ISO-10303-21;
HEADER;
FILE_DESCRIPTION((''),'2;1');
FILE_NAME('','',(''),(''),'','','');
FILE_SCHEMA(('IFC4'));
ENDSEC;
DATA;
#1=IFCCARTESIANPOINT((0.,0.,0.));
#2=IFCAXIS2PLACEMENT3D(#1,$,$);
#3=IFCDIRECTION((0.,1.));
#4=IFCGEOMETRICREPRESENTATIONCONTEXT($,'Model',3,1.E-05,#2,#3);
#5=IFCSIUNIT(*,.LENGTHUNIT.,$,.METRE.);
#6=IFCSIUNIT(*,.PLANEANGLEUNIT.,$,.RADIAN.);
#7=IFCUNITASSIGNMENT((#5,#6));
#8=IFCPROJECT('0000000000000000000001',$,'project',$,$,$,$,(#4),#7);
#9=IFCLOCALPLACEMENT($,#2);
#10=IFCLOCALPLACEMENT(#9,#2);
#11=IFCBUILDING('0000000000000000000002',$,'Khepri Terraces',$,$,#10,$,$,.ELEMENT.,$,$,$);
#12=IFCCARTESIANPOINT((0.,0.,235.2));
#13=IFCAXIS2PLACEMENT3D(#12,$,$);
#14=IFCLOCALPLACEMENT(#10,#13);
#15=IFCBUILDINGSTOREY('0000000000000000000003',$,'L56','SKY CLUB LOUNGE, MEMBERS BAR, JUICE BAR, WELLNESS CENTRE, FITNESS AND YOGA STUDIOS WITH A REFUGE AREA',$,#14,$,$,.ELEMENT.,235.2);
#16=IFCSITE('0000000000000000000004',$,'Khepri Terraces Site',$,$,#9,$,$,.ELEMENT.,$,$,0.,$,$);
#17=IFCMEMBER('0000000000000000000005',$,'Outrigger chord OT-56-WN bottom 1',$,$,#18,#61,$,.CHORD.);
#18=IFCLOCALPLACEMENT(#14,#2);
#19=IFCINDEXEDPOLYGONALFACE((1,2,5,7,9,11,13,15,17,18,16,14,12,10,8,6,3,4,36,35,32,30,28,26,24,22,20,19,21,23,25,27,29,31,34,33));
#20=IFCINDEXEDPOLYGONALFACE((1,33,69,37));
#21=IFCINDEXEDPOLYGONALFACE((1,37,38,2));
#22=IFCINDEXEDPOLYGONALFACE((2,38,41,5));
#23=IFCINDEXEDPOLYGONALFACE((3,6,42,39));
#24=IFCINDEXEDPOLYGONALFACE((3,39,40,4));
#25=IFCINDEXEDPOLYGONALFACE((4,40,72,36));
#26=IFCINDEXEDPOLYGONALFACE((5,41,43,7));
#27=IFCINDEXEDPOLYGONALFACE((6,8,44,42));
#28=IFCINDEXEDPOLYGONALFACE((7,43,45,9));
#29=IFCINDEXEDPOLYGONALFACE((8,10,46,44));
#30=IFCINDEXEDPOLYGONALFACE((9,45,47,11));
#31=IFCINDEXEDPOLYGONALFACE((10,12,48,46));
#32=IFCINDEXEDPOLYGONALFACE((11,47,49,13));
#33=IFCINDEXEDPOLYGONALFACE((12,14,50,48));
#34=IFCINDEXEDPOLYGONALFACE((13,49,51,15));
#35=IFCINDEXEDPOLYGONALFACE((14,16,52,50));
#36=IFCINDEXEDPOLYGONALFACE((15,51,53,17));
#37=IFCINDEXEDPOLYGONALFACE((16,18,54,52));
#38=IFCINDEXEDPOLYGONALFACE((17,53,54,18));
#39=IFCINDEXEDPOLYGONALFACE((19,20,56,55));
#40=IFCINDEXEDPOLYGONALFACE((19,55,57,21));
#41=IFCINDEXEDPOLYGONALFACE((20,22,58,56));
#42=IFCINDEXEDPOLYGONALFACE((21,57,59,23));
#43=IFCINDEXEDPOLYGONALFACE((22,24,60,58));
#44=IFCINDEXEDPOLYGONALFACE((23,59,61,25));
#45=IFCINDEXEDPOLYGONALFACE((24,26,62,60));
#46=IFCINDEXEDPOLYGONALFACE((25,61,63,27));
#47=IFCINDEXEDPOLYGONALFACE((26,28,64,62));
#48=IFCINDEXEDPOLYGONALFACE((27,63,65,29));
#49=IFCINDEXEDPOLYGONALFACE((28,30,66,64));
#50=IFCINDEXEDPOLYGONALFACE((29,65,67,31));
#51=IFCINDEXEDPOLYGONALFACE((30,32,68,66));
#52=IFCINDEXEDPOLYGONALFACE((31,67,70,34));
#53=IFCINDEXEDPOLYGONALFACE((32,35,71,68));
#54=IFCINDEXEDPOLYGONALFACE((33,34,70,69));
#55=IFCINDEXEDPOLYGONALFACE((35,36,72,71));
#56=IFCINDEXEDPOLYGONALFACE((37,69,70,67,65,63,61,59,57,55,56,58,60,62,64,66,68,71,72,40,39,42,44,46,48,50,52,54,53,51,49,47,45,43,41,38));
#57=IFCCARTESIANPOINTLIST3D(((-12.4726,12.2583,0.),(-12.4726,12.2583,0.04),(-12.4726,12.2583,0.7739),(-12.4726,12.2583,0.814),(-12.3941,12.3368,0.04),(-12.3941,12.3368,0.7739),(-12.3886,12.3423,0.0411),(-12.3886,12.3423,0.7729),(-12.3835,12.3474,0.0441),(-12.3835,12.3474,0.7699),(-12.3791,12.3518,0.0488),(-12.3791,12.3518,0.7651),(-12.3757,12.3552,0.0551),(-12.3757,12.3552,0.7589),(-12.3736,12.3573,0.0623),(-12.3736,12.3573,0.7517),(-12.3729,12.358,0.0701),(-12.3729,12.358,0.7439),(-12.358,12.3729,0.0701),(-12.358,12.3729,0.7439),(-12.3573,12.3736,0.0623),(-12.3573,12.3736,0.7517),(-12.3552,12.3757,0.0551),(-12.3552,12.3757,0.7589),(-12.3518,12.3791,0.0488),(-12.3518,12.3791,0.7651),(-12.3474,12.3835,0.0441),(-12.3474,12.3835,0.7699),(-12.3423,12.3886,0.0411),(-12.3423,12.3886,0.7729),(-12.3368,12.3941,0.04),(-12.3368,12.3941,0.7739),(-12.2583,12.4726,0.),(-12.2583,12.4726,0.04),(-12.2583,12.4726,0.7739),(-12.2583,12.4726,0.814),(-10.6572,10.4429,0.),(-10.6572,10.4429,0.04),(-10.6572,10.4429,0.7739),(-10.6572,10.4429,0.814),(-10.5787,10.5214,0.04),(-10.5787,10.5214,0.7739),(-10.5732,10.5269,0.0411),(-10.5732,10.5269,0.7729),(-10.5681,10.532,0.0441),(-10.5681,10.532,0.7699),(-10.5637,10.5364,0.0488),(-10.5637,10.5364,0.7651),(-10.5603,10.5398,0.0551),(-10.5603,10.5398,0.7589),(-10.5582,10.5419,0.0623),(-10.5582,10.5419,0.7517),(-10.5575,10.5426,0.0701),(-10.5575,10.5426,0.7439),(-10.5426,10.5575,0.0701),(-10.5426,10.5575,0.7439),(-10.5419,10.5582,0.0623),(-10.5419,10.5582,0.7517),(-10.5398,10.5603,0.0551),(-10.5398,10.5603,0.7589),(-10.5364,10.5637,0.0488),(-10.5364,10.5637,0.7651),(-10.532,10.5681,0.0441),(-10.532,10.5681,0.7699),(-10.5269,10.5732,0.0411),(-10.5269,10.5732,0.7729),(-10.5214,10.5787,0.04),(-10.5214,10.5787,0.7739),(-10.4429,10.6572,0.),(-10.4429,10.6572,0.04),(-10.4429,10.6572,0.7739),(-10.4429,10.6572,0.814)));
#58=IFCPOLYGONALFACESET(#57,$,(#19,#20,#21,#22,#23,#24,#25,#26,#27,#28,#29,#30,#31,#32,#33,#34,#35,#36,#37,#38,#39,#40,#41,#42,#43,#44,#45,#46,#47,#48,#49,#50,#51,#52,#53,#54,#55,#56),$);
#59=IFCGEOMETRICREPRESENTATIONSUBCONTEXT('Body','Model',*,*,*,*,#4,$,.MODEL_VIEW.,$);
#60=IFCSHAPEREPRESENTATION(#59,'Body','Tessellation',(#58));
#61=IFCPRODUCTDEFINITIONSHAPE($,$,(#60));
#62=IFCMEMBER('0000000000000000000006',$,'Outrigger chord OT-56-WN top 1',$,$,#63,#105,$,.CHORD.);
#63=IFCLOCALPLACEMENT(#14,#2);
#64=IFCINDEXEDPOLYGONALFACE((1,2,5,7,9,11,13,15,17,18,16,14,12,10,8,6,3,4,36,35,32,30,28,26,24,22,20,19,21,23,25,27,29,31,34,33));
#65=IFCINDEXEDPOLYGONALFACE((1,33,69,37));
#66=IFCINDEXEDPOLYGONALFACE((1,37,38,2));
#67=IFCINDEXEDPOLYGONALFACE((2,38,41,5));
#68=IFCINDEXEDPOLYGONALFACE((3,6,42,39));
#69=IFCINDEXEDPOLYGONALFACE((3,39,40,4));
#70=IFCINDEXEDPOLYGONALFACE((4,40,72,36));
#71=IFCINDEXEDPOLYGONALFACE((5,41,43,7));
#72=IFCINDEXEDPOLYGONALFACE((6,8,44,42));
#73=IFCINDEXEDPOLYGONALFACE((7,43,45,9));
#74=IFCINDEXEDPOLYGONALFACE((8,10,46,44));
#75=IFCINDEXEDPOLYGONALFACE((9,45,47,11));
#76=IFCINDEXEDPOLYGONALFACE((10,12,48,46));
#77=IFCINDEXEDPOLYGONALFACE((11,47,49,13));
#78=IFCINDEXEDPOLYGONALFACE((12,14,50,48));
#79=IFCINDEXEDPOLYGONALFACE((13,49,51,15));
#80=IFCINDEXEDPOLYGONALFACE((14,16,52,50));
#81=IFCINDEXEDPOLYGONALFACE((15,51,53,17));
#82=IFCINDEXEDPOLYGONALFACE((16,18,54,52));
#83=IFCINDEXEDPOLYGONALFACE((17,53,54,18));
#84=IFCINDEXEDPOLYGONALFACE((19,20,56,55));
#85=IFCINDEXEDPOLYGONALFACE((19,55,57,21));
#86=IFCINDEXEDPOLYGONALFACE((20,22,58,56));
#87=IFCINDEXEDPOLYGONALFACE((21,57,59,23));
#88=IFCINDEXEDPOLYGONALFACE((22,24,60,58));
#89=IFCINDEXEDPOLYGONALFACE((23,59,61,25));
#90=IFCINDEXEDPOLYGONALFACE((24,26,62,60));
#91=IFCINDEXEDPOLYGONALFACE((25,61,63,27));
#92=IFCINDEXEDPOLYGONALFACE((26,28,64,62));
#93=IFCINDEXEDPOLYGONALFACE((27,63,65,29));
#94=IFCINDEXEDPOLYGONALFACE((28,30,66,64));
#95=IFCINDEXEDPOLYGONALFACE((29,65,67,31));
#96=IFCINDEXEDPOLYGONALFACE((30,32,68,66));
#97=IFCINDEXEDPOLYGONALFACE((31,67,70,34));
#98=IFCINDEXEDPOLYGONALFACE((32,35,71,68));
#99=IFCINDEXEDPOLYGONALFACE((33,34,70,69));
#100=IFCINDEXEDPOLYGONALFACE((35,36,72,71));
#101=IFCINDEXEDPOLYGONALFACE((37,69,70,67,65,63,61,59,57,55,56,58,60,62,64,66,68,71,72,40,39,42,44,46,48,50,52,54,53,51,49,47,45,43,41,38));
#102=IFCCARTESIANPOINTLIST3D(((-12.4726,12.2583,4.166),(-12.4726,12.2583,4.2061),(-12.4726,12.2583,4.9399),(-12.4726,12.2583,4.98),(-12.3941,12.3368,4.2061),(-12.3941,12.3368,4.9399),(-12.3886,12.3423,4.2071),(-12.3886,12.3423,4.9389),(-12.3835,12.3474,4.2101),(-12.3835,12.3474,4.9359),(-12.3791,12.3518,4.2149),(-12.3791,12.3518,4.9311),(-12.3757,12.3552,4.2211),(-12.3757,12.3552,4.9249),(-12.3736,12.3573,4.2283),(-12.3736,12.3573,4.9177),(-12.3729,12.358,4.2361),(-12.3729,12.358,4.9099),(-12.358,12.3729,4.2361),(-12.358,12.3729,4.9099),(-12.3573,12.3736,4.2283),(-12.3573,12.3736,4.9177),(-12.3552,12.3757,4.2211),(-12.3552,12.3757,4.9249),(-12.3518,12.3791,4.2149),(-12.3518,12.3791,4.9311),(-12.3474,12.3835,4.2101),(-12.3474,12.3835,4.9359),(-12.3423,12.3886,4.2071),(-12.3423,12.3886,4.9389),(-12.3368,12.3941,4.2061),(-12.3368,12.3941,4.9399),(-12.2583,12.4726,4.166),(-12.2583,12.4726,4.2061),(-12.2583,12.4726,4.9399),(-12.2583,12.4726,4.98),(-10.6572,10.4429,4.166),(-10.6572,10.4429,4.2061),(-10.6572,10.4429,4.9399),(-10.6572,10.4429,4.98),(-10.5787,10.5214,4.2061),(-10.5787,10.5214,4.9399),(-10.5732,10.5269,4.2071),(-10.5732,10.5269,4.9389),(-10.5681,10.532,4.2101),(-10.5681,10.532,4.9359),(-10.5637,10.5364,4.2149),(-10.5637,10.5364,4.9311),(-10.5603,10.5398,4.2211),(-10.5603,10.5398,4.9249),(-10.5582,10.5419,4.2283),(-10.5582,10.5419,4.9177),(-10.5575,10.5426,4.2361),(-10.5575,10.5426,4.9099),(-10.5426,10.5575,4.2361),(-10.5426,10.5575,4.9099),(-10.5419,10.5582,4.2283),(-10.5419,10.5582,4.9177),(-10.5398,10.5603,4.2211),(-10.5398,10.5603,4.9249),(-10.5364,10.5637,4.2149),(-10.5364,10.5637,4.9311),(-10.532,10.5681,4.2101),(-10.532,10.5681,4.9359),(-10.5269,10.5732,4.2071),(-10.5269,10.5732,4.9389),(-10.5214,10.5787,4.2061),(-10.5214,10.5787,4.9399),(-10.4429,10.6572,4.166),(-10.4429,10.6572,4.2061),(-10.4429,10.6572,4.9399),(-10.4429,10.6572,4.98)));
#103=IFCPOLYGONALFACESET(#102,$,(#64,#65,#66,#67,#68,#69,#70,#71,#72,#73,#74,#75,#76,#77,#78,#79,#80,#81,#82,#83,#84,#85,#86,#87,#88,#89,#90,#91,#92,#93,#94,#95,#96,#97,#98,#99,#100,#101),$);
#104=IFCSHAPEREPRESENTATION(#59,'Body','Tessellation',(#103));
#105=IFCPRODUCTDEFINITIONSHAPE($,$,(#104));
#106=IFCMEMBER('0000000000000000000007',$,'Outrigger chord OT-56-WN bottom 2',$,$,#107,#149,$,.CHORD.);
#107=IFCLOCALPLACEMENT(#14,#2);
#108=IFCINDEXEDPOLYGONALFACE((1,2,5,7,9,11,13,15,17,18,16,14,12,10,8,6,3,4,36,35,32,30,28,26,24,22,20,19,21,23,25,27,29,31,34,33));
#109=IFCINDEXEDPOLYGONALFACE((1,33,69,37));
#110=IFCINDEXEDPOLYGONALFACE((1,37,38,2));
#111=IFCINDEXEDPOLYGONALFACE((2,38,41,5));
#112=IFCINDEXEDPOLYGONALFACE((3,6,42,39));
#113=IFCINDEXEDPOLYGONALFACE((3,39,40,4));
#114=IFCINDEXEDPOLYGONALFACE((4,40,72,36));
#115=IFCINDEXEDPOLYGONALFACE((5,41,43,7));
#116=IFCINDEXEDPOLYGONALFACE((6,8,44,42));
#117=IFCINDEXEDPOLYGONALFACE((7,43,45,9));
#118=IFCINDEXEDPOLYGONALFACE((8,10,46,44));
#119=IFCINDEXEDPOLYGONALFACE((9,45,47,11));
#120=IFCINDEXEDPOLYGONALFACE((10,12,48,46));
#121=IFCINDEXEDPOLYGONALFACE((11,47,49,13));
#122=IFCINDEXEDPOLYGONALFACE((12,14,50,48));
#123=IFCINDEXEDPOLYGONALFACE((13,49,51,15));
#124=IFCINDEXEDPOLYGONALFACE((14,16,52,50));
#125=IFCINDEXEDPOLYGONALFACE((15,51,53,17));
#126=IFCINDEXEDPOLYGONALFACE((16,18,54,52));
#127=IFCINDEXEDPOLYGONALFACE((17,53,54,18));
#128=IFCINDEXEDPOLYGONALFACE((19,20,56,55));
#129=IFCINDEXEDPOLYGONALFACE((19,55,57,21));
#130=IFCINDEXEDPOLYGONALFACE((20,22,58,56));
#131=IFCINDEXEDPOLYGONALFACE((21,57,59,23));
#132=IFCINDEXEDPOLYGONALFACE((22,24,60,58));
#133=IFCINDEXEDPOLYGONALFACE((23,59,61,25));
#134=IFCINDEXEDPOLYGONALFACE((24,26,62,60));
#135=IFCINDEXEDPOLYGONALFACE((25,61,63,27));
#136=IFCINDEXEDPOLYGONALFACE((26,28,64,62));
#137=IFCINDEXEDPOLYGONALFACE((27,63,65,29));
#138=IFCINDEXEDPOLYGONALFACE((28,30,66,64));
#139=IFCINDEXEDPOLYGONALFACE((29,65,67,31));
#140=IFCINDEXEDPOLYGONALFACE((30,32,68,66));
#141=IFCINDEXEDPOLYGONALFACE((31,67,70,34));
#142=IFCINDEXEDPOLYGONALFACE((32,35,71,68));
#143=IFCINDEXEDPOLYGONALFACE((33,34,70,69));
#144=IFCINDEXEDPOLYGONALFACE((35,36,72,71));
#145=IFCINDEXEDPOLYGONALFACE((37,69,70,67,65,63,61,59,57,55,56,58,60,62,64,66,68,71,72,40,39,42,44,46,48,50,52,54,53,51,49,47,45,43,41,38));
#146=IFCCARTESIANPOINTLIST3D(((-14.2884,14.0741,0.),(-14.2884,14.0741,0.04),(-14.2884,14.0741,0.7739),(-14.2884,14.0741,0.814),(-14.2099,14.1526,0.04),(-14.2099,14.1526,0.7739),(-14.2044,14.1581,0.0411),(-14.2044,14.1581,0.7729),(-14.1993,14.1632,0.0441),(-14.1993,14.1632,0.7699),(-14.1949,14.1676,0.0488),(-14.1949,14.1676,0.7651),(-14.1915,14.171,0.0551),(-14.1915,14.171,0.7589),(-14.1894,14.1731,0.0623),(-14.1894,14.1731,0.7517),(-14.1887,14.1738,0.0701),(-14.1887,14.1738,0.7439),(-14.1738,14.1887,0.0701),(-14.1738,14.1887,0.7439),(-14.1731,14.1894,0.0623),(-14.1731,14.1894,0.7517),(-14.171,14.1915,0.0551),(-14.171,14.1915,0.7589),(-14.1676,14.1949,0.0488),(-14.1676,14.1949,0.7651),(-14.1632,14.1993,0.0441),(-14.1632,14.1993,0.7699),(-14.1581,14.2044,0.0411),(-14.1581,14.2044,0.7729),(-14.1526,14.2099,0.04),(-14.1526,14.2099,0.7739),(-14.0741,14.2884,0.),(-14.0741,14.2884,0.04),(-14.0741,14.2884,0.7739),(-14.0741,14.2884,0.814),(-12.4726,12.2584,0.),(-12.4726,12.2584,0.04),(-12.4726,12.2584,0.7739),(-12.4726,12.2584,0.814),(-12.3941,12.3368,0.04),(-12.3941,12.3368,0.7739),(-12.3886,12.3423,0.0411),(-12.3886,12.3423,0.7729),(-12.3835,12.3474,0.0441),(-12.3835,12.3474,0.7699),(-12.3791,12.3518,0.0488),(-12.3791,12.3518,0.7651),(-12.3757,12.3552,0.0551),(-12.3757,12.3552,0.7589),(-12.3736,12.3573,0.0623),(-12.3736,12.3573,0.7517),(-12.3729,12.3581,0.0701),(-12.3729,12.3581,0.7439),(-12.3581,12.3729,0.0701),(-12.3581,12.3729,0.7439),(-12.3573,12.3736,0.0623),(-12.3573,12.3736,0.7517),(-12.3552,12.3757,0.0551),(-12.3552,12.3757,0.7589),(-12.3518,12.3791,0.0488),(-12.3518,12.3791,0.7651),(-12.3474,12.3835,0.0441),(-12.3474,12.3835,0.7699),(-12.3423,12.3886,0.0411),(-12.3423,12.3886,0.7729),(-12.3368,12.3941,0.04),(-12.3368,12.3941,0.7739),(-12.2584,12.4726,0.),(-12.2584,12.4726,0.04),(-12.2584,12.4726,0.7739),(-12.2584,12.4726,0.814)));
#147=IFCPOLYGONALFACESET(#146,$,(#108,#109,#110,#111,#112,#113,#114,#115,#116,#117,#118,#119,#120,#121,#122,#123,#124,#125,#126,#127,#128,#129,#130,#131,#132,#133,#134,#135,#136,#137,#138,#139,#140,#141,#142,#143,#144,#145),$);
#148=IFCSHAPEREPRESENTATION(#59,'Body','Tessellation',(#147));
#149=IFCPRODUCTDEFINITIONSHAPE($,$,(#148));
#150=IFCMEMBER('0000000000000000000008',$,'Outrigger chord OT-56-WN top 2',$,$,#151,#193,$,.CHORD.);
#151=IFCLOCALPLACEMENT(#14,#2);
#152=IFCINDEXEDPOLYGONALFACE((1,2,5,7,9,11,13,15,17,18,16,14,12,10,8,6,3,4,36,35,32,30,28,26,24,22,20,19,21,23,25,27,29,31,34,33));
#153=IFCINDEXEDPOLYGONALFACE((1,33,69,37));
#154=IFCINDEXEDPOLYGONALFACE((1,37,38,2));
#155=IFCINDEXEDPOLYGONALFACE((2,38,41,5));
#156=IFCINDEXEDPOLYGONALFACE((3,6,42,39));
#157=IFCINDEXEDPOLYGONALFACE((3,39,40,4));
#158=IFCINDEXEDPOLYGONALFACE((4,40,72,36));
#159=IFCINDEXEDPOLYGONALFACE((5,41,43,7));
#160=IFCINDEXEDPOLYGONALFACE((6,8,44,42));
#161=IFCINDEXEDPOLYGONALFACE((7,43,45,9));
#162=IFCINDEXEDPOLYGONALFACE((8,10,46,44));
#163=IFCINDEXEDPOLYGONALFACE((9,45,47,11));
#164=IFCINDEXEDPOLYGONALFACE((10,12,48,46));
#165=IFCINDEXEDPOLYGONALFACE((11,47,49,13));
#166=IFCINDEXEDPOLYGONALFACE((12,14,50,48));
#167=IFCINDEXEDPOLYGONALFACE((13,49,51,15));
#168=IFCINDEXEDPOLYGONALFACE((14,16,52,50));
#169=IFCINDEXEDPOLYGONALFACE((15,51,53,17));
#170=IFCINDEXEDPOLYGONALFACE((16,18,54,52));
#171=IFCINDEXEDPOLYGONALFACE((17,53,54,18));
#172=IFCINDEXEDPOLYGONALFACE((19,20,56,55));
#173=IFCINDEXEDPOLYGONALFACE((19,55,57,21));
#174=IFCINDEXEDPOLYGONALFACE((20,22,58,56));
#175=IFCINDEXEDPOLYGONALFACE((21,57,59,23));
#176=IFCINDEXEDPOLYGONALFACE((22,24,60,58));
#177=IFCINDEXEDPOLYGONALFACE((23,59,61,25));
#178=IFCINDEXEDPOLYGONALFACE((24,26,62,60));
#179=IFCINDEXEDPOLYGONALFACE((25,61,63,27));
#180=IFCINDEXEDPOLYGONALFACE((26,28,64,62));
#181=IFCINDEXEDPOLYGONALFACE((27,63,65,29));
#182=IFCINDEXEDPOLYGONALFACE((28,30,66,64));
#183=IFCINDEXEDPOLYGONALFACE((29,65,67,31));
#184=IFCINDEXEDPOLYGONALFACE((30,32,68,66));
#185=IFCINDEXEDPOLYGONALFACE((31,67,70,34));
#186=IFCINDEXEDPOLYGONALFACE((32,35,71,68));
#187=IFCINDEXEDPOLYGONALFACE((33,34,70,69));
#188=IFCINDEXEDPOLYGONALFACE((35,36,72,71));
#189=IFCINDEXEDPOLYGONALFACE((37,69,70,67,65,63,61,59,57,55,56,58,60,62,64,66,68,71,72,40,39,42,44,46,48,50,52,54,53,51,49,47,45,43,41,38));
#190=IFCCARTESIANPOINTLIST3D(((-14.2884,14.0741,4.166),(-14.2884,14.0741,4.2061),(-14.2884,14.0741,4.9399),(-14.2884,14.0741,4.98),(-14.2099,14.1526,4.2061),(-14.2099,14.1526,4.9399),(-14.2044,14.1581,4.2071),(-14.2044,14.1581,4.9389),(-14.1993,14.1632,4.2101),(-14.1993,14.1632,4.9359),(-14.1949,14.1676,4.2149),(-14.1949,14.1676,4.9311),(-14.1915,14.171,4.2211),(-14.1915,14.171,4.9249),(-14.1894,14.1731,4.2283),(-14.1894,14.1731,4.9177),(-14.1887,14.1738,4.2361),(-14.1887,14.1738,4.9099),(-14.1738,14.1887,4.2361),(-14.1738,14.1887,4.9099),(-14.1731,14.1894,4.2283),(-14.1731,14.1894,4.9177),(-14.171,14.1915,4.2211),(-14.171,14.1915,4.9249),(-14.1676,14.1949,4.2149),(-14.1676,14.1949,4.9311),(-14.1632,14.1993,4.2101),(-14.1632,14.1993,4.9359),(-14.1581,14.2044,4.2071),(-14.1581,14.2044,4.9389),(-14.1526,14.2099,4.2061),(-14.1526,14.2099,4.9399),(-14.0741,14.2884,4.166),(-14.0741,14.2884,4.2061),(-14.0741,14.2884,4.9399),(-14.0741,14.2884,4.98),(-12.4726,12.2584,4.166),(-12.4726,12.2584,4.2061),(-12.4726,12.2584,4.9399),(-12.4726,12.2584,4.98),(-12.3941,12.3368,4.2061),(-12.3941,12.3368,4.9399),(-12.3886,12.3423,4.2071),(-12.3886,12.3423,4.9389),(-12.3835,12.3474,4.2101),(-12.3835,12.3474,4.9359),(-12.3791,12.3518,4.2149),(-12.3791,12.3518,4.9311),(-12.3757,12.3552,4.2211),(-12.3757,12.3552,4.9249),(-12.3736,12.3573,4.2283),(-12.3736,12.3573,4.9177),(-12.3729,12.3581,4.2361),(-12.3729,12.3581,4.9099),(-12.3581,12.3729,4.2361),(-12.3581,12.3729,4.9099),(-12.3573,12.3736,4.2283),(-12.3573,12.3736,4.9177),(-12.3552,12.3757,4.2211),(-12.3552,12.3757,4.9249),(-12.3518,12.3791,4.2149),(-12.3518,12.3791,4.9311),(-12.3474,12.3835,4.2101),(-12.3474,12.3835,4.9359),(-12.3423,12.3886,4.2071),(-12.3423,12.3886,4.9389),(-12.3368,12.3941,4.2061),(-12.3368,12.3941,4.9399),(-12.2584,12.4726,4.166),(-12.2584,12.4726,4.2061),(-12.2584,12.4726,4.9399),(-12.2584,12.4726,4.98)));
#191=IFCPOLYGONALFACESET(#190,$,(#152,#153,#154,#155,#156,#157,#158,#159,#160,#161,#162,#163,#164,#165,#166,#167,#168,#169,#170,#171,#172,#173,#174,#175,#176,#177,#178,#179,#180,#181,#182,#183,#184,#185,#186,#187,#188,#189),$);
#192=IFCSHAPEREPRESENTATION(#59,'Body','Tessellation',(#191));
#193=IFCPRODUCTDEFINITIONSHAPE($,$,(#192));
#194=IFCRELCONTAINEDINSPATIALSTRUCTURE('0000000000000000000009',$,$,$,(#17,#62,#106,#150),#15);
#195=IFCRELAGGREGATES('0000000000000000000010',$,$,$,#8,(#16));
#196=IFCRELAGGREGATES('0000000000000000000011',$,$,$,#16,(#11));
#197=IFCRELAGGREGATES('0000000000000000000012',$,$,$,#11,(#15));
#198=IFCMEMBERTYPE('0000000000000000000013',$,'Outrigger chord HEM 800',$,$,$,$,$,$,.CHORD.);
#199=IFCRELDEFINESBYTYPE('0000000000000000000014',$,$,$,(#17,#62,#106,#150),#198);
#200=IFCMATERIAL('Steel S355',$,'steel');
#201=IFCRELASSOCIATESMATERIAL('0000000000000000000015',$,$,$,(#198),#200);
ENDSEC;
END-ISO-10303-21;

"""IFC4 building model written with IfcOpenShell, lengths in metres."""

from ifc_helpers import new_model, si_unit, direction, frame, origin, origin_2d, place, context, subcontext, project, spatial, i_section, extrude, material, material_profile, profile_set, type_object, element, save


model = new_model("IFC4")

# Units and contexts
model_context = context("Model", 3, precision=1e-05, world=origin(), true_north=direction((0.0, 1.0)))
body_context = subcontext(model_context, "Body", "Model", "MODEL_VIEW")
ifc_project = project(units=[si_unit("LENGTHUNIT", "METRE"), si_unit("PLANEANGLEUNIT", "RADIAN")], contexts=[model_context])

# Site, building, storey
site_placement = place(None, origin())
site = spatial("IfcSite", under=ifc_project, at=site_placement, Name="Khepri Terraces Site", CompositionType="ELEMENT", RefElevation=0.0)
building_placement = place(site_placement, origin())
building = spatial("IfcBuilding", under=site, at=building_placement, Name="Khepri Terraces", CompositionType="ELEMENT")
storey_placement = place(building_placement, frame((0.0, 0.0, 235.2)))
storey = spatial("IfcBuildingStorey", under=building, at=storey_placement, Name="L56", Description="SKY CLUB LOUNGE, MEMBERS BAR, JUICE BAR, WELLNESS CENTRE, FITNESS AND YOGA STUDIOS WITH A REFUGE AREA", CompositionType="ELEMENT", Elevation=235.2)

# Members
ifc_material_1 = material(Name="Steel S355", Category="steel")
ifc_material_profile_1 = material_profile(ifc_material_1, i_section(OverallWidth=0.303, OverallDepth=0.814, WebThickness=0.021, FlangeThickness=0.04, FilletRadius=0.03, at=origin_2d()), Name="Steel S355", Category="steel")
ifc_profile_set_1 = profile_set([ifc_material_profile_1], Name="Steel S355")
member_type_1 = type_object("IfcMemberType", Name="Outrigger chord HEM 800", PredefinedType="CHORD", material=ifc_profile_set_1)
for number, where, z_axis, x_axis, name in (
    (1, (-10.55, 10.55, 0.407), (-0.707107, 0.707107, 0.0), (-0.707107, -0.707107, 0.0), "Outrigger chord OT-56-WN bottom 1"),
    (2, (-10.55, 10.55, 4.573), (-0.707107, 0.707107, 0.0), (-0.707107, -0.707107, 0.0), "Outrigger chord OT-56-WN top 1"),
):
    element("IfcMember", number, at=place(storey_placement, frame(where, z_axis=z_axis, x_axis=x_axis)), inside=storey, type_object=member_type_1, Name=name, PredefinedType="CHORD", context=body_context, shape_type="SweptSolid", body=[
        extrude(i_section(OverallWidth=0.303, OverallDepth=0.814, WebThickness=0.021, FlangeThickness=0.04, FilletRadius=0.03, at=origin_2d()), origin(), (0.0, 0.0, 1.0), 2.5674),
    ])
for number, where, z_axis, x_axis, name in (
    (3, (-12.3655, 12.3655, 0.407), (-0.707107, 0.707107, 0.0), (-0.707107, -0.707107, 0.0), "Outrigger chord OT-56-WN bottom 2"),
    (4, (-12.3655, 12.3655, 4.573), (-0.707107, 0.707107, 0.0), (-0.707107, -0.707107, 0.0), "Outrigger chord OT-56-WN top 2"),
):
    element("IfcMember", number, at=place(storey_placement, frame(where, z_axis=z_axis, x_axis=x_axis)), inside=storey, type_object=member_type_1, Name=name, PredefinedType="CHORD", context=body_context, shape_type="SweptSolid", body=[
        extrude(i_section(OverallWidth=0.303, OverallDepth=0.814, WebThickness=0.021, FlangeThickness=0.04, FilletRadius=0.03, at=origin_2d()), origin(), (0.0, 0.0, 1.0), 2.5679),
    ])

save(model, "model.ifc")
